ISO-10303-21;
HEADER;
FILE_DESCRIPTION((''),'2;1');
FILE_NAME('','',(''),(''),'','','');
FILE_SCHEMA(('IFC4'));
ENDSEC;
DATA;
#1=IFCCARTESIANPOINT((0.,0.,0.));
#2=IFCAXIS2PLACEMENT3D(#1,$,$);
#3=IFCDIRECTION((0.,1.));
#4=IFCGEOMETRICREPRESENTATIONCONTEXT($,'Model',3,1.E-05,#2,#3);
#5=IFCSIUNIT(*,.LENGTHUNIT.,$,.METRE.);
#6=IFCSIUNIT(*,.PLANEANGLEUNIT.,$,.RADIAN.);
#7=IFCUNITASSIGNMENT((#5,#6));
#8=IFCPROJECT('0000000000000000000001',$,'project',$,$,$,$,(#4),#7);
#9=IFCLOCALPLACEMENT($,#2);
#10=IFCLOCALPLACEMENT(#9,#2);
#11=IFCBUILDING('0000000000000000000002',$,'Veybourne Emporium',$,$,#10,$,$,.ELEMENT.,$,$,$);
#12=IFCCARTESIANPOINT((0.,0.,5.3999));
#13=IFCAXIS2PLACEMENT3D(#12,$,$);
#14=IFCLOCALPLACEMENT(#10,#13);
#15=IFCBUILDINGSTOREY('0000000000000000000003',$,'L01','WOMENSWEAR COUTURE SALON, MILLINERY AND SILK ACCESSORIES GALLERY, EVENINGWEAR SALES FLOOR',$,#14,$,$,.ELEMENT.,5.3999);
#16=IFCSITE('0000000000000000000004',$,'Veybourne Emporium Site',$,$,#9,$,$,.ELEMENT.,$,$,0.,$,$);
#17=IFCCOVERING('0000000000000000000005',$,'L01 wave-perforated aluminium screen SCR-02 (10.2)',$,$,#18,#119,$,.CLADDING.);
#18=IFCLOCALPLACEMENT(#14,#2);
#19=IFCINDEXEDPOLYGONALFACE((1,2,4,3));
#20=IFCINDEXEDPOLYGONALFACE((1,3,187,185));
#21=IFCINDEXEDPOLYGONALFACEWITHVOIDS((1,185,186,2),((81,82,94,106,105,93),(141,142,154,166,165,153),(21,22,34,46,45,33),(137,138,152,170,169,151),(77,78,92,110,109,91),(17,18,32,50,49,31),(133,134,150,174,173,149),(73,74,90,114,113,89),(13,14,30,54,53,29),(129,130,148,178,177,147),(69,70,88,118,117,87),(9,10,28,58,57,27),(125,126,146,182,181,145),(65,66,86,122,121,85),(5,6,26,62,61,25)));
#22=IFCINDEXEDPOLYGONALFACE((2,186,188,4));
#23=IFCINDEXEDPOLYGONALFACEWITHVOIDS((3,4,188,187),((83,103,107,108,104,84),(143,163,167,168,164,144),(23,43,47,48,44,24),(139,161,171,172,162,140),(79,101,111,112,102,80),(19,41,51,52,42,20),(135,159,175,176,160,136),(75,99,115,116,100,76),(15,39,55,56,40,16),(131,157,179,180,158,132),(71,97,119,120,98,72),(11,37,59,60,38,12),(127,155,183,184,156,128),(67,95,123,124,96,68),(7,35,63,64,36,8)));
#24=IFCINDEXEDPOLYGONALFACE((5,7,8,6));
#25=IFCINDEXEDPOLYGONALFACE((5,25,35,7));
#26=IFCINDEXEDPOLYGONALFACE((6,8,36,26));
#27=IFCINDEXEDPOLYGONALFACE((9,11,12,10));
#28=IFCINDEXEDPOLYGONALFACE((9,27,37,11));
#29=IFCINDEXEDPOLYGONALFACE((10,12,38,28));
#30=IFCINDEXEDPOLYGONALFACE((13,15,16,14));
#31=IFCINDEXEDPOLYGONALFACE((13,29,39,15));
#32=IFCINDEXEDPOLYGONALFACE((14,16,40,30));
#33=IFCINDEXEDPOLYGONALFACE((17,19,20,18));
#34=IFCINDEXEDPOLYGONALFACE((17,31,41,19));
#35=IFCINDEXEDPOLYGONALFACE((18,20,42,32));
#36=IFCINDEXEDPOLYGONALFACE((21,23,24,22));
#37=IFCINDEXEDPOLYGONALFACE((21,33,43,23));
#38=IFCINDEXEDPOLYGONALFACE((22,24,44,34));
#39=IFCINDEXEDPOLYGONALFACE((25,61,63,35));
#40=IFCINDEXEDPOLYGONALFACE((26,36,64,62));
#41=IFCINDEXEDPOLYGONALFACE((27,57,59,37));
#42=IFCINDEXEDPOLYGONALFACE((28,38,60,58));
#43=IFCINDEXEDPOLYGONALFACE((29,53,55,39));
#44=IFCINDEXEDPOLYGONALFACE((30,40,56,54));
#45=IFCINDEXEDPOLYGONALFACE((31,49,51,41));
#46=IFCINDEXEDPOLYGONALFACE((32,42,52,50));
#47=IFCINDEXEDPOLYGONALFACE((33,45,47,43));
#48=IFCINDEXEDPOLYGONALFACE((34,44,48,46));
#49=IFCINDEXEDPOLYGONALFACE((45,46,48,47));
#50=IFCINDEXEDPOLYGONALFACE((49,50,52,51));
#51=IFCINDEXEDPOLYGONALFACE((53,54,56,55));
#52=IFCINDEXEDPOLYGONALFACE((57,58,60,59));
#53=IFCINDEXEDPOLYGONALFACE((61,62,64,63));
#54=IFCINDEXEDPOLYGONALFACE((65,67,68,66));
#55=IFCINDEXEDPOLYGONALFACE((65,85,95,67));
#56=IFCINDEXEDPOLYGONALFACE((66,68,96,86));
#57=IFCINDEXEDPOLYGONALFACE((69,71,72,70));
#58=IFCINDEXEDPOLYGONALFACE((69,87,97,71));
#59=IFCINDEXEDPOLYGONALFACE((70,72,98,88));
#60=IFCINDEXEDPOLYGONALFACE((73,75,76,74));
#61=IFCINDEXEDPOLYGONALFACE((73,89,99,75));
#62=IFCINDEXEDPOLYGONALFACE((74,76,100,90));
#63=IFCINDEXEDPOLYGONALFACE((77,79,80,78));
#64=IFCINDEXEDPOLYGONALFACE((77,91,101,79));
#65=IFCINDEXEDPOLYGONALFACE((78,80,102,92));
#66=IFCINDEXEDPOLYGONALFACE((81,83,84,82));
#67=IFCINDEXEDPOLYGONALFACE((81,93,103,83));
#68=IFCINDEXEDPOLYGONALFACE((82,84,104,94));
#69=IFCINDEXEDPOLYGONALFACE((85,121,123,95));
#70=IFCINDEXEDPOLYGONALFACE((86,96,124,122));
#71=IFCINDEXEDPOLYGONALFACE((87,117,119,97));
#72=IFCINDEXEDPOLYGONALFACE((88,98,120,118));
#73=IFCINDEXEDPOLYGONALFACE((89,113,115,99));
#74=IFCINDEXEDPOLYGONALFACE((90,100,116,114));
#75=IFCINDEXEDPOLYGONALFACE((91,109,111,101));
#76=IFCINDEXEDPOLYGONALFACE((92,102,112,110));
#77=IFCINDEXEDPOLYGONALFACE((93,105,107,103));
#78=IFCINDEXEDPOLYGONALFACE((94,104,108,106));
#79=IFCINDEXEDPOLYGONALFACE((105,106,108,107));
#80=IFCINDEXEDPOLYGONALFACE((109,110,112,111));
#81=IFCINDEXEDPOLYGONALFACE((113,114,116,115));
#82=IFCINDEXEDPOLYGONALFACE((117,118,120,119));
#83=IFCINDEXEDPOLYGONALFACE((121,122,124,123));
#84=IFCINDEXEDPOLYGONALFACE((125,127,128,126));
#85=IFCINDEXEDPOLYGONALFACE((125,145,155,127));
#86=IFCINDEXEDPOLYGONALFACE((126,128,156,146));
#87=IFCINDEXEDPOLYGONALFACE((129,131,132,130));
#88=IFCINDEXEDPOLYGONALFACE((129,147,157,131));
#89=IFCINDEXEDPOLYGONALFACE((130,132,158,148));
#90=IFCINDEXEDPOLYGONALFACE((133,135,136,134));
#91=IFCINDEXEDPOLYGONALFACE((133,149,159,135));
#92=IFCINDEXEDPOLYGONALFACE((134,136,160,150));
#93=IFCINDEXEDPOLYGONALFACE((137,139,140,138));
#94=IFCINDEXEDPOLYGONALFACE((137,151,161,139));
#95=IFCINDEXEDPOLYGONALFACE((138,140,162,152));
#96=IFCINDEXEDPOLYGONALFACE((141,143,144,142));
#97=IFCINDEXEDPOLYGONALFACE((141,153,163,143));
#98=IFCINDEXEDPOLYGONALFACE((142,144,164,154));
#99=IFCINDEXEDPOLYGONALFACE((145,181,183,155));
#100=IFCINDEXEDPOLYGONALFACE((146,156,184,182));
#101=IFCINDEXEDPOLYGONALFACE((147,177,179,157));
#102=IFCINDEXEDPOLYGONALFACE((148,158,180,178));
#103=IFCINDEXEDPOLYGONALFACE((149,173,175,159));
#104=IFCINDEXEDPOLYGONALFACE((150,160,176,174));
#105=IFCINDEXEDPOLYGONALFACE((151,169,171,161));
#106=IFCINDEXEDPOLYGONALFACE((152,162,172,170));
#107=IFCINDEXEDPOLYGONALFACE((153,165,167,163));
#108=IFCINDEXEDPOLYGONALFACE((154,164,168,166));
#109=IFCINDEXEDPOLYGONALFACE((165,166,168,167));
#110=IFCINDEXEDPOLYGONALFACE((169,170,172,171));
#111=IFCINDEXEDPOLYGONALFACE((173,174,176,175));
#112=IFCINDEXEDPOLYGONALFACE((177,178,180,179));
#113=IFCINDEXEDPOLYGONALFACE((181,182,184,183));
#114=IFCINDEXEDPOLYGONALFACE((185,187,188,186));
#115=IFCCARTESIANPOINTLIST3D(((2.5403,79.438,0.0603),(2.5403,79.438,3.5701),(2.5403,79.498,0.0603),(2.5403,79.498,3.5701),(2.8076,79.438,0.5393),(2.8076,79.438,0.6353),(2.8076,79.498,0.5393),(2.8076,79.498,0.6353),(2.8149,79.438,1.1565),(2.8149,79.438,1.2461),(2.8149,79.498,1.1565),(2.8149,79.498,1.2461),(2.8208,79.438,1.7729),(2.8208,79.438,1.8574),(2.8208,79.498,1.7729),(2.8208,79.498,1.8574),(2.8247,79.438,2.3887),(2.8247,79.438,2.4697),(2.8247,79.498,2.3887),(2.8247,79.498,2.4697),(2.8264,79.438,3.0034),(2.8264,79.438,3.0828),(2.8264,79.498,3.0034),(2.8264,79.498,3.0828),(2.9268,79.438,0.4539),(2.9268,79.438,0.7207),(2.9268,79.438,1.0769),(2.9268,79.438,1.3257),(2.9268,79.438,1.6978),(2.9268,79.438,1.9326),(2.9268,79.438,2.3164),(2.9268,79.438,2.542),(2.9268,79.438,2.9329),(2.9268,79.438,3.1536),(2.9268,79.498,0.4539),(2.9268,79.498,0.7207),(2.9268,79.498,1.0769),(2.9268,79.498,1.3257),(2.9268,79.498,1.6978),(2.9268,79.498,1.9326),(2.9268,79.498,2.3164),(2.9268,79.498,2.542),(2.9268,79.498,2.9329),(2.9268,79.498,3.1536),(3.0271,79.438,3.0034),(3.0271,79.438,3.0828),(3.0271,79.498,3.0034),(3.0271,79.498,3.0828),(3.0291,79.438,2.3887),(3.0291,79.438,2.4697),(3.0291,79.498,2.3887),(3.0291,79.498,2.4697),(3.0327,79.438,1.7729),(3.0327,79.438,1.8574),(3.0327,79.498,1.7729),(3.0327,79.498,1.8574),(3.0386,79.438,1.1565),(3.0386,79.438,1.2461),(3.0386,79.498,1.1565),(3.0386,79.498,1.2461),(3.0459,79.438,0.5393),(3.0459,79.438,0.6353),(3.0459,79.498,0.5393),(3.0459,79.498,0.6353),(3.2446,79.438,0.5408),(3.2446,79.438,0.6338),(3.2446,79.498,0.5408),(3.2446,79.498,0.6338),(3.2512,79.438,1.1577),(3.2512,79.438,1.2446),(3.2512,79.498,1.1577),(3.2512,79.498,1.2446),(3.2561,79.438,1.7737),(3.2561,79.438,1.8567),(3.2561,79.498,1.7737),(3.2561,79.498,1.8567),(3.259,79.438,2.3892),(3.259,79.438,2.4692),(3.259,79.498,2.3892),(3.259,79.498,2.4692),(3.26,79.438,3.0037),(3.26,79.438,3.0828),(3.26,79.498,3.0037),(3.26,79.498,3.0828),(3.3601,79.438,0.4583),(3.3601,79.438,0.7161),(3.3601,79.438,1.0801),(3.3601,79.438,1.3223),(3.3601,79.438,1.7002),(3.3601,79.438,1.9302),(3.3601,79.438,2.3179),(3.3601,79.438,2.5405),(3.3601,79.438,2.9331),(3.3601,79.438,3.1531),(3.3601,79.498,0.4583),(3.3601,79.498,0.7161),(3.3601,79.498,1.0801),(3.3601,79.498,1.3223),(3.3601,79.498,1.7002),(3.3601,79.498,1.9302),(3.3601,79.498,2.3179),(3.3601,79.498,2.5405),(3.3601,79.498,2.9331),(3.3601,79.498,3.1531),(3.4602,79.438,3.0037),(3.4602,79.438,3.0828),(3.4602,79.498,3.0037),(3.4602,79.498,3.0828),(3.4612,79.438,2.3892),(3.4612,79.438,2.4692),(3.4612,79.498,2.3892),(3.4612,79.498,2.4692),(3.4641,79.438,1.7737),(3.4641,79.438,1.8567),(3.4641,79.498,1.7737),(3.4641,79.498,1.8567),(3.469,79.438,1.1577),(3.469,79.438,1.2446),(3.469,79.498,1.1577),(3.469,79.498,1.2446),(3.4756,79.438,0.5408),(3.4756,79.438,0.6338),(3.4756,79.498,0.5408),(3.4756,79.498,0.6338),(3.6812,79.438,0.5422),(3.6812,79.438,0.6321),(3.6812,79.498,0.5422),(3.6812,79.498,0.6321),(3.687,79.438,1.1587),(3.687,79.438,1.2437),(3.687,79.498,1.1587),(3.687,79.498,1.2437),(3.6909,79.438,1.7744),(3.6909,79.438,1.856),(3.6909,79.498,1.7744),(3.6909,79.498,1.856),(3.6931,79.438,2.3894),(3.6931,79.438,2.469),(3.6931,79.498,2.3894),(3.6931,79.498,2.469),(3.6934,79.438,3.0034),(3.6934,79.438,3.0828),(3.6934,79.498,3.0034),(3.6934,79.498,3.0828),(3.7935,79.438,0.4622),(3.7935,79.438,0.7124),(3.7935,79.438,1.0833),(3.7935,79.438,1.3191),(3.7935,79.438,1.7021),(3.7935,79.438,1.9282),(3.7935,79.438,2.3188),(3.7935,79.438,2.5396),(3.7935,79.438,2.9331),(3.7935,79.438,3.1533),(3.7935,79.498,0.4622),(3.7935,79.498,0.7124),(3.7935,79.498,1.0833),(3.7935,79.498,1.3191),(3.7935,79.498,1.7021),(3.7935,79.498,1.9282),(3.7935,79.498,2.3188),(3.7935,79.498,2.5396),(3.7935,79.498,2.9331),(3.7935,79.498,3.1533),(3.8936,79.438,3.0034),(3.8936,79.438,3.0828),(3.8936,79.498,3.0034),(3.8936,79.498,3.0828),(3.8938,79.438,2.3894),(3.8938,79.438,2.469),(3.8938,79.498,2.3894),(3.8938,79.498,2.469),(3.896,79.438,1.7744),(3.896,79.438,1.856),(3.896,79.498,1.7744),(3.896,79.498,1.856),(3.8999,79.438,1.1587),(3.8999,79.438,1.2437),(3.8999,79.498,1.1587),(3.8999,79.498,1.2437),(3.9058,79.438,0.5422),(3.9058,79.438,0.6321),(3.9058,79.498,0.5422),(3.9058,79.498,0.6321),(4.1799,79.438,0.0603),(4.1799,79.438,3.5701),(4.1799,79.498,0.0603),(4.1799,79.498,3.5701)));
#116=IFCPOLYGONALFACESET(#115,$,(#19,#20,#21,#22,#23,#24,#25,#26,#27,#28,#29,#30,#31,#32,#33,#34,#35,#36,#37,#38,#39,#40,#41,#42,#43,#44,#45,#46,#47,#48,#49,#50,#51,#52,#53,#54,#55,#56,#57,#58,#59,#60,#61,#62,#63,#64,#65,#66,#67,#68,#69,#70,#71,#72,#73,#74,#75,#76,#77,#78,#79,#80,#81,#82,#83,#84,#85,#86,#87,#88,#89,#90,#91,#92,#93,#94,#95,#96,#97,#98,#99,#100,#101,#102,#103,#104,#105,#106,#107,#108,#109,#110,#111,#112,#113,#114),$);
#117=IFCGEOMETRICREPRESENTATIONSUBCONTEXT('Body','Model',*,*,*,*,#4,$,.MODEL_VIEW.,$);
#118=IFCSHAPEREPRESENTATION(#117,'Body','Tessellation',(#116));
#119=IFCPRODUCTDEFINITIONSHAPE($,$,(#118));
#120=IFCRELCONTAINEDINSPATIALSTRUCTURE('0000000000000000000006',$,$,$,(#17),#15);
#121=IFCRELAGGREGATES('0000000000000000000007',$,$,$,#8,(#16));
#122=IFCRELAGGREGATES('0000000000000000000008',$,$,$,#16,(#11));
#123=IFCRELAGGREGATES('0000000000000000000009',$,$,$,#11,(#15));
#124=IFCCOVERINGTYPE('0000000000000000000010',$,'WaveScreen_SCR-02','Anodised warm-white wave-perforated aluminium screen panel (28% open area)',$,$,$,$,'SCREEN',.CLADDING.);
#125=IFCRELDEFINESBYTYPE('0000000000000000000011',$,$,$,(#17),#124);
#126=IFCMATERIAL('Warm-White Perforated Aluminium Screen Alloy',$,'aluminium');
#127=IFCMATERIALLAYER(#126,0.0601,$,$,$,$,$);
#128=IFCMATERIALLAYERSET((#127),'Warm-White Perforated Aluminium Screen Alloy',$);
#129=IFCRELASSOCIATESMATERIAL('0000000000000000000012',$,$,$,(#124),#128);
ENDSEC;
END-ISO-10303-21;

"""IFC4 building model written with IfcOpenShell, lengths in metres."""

from ifc_helpers import new_model, si_unit, direction, frame, origin, place, context, subcontext, project, spatial, polyline, outline, extrude, material, layer, layer_set, type_object, element, save


model = new_model("IFC4")

# Units and contexts
model_context = context("Model", 3, precision=1e-05, world=origin(), true_north=direction((0.0, 1.0)))
body_context = subcontext(model_context, "Body", "Model", "MODEL_VIEW")
ifc_project = project(units=[si_unit("LENGTHUNIT", "METRE"), si_unit("PLANEANGLEUNIT", "RADIAN")], contexts=[model_context])

# Site, building, storey
site_placement = place(None, origin())
site = spatial("IfcSite", under=ifc_project, at=site_placement, Name="Veybourne Emporium Site", CompositionType="ELEMENT", RefElevation=0.0)
building_placement = place(site_placement, origin())
building = spatial("IfcBuilding", under=site, at=building_placement, Name="Veybourne Emporium", CompositionType="ELEMENT")
storey_placement = place(building_placement, frame((0.0, 0.0, 5.3999)))
storey = spatial("IfcBuildingStorey", under=building, at=storey_placement, Name="L01", Description="WOMENSWEAR COUTURE SALON, MILLINERY AND SILK ACCESSORIES GALLERY, EVENINGWEAR SALES FLOOR", CompositionType="ELEMENT", Elevation=5.3999)

# Covering
ifc_material_1 = material(Name="Warm-White Perforated Aluminium Screen Alloy", Category="aluminium")
ifc_layer_1 = layer(ifc_material_1, 0.0601)
ifc_layer_set_1 = layer_set([ifc_layer_1], Name="Warm-White Perforated Aluminium Screen Alloy")
covering_type_1 = type_object("IfcCoveringType", Name="WaveScreen_SCR-02", Description="Anodised warm-white wave-perforated aluminium screen panel (28% open area)", ElementType="SCREEN", PredefinedType="CLADDING", material=ifc_layer_set_1)
covering_1_placement = place(storey_placement, frame((3.3601, 79.498, 1.8152), z_axis=(0.0, -1.0, 0.0), x_axis=(1.0, 0.0, 0.0)))
element("IfcCovering", 1, at=covering_1_placement, inside=storey, type_object=covering_type_1, Name="L01 wave-perforated aluminium screen SCR-02 (10.2)", PredefinedType="CLADDING", context=body_context, shape_type="SweptSolid", body=[
    extrude(outline(polyline([(-0.8198, -1.7549), (0.8198, -1.7549), (0.8198, 1.7549), (-0.8198, 1.7549), (-0.8198, -1.7549)]), holes=[polyline([(-0.4333, -1.0945), (-0.3142, -1.1799), (-0.3142, -1.2759), (-0.4333, -1.3613), (-0.5525, -1.2759), (-0.5525, -1.1799), (-0.4333, -1.0945)]), polyline([(-0.4333, -0.4895), (-0.3215, -0.5691), (-0.3215, -0.6587), (-0.4333, -0.7383), (-0.5452, -0.6587), (-0.5452, -0.5691), (-0.4333, -0.4895)]), polyline([(-0.4333, 0.1174), (-0.3274, 0.0422), (-0.3274, -0.0422), (-0.4333, -0.1174), (-0.5393, -0.0422), (-0.5393, 0.0422), (-0.4333, 0.1174)]), polyline([(-0.4333, 0.7268), (-0.3311, 0.6545), (-0.3311, 0.5735), (-0.4333, 0.5012), (-0.5354, 0.5735), (-0.5354, 0.6545), (-0.4333, 0.7268)]), polyline([(-0.4333, 1.3384), (-0.333, 1.2676), (-0.333, 1.1882), (-0.4333, 1.1177), (-0.5337, 1.1882), (-0.5337, 1.2676), (-0.4333, 1.3384)]), polyline([(0.0, -1.0991), (0.1155, -1.1814), (0.1155, -1.2744), (0.0, -1.3569), (-0.1155, -1.2744), (-0.1155, -1.1814), (0.0, -1.0991)]), polyline([(0.0, -0.4929), (0.1089, -0.5706), (0.1089, -0.6575), (0.0, -0.7351), (-0.1089, -0.6575), (-0.1089, -0.5706), (0.0, -0.4929)]), polyline([(0.0, 0.115), (0.104, 0.0415), (0.104, -0.0415), (0.0, -0.115), (-0.104, -0.0415), (-0.104, 0.0415), (0.0, 0.115)]), polyline([(0.0, 0.7253), (0.1011, 0.6541), (0.1011, 0.574), (0.0, 0.5027), (-0.1011, 0.574), (-0.1011, 0.6541), (0.0, 0.7253)]), polyline([(0.0, 1.3379), (0.1001, 1.2676), (0.1001, 1.1885), (0.0, 1.1179), (-0.1001, 1.1885), (-0.1001, 1.2676), (0.0, 1.3379)]), polyline([(0.4333, -1.1028), (0.5457, -1.1831), (0.5457, -1.2729), (0.4333, -1.353), (0.321, -1.2729), (0.321, -1.1831), (0.4333, -1.1028)]), polyline([(0.4333, -0.4961), (0.5398, -0.5715), (0.5398, -0.6565), (0.4333, -0.7319), (0.3269, -0.6565), (0.3269, -0.5715), (0.4333, -0.4961)]), polyline([(0.4333, 0.113), (0.5359, 0.0408), (0.5359, -0.0408), (0.4333, -0.113), (0.3308, -0.0408), (0.3308, 0.0408), (0.4333, 0.113)]), polyline([(0.4333, 0.7244), (0.5337, 0.6538), (0.5337, 0.5742), (0.4333, 0.5037), (0.333, 0.5742), (0.333, 0.6538), (0.4333, 0.7244)]), polyline([(0.4333, 1.3381), (0.5334, 1.2676), (0.5334, 1.1882), (0.4333, 1.1179), (0.3333, 1.1882), (0.3333, 1.2676), (0.4333, 1.3381)])]), origin(), (0.0, 0.0, 1.0), 0.0601),
])

save(model, "model.ifc")
